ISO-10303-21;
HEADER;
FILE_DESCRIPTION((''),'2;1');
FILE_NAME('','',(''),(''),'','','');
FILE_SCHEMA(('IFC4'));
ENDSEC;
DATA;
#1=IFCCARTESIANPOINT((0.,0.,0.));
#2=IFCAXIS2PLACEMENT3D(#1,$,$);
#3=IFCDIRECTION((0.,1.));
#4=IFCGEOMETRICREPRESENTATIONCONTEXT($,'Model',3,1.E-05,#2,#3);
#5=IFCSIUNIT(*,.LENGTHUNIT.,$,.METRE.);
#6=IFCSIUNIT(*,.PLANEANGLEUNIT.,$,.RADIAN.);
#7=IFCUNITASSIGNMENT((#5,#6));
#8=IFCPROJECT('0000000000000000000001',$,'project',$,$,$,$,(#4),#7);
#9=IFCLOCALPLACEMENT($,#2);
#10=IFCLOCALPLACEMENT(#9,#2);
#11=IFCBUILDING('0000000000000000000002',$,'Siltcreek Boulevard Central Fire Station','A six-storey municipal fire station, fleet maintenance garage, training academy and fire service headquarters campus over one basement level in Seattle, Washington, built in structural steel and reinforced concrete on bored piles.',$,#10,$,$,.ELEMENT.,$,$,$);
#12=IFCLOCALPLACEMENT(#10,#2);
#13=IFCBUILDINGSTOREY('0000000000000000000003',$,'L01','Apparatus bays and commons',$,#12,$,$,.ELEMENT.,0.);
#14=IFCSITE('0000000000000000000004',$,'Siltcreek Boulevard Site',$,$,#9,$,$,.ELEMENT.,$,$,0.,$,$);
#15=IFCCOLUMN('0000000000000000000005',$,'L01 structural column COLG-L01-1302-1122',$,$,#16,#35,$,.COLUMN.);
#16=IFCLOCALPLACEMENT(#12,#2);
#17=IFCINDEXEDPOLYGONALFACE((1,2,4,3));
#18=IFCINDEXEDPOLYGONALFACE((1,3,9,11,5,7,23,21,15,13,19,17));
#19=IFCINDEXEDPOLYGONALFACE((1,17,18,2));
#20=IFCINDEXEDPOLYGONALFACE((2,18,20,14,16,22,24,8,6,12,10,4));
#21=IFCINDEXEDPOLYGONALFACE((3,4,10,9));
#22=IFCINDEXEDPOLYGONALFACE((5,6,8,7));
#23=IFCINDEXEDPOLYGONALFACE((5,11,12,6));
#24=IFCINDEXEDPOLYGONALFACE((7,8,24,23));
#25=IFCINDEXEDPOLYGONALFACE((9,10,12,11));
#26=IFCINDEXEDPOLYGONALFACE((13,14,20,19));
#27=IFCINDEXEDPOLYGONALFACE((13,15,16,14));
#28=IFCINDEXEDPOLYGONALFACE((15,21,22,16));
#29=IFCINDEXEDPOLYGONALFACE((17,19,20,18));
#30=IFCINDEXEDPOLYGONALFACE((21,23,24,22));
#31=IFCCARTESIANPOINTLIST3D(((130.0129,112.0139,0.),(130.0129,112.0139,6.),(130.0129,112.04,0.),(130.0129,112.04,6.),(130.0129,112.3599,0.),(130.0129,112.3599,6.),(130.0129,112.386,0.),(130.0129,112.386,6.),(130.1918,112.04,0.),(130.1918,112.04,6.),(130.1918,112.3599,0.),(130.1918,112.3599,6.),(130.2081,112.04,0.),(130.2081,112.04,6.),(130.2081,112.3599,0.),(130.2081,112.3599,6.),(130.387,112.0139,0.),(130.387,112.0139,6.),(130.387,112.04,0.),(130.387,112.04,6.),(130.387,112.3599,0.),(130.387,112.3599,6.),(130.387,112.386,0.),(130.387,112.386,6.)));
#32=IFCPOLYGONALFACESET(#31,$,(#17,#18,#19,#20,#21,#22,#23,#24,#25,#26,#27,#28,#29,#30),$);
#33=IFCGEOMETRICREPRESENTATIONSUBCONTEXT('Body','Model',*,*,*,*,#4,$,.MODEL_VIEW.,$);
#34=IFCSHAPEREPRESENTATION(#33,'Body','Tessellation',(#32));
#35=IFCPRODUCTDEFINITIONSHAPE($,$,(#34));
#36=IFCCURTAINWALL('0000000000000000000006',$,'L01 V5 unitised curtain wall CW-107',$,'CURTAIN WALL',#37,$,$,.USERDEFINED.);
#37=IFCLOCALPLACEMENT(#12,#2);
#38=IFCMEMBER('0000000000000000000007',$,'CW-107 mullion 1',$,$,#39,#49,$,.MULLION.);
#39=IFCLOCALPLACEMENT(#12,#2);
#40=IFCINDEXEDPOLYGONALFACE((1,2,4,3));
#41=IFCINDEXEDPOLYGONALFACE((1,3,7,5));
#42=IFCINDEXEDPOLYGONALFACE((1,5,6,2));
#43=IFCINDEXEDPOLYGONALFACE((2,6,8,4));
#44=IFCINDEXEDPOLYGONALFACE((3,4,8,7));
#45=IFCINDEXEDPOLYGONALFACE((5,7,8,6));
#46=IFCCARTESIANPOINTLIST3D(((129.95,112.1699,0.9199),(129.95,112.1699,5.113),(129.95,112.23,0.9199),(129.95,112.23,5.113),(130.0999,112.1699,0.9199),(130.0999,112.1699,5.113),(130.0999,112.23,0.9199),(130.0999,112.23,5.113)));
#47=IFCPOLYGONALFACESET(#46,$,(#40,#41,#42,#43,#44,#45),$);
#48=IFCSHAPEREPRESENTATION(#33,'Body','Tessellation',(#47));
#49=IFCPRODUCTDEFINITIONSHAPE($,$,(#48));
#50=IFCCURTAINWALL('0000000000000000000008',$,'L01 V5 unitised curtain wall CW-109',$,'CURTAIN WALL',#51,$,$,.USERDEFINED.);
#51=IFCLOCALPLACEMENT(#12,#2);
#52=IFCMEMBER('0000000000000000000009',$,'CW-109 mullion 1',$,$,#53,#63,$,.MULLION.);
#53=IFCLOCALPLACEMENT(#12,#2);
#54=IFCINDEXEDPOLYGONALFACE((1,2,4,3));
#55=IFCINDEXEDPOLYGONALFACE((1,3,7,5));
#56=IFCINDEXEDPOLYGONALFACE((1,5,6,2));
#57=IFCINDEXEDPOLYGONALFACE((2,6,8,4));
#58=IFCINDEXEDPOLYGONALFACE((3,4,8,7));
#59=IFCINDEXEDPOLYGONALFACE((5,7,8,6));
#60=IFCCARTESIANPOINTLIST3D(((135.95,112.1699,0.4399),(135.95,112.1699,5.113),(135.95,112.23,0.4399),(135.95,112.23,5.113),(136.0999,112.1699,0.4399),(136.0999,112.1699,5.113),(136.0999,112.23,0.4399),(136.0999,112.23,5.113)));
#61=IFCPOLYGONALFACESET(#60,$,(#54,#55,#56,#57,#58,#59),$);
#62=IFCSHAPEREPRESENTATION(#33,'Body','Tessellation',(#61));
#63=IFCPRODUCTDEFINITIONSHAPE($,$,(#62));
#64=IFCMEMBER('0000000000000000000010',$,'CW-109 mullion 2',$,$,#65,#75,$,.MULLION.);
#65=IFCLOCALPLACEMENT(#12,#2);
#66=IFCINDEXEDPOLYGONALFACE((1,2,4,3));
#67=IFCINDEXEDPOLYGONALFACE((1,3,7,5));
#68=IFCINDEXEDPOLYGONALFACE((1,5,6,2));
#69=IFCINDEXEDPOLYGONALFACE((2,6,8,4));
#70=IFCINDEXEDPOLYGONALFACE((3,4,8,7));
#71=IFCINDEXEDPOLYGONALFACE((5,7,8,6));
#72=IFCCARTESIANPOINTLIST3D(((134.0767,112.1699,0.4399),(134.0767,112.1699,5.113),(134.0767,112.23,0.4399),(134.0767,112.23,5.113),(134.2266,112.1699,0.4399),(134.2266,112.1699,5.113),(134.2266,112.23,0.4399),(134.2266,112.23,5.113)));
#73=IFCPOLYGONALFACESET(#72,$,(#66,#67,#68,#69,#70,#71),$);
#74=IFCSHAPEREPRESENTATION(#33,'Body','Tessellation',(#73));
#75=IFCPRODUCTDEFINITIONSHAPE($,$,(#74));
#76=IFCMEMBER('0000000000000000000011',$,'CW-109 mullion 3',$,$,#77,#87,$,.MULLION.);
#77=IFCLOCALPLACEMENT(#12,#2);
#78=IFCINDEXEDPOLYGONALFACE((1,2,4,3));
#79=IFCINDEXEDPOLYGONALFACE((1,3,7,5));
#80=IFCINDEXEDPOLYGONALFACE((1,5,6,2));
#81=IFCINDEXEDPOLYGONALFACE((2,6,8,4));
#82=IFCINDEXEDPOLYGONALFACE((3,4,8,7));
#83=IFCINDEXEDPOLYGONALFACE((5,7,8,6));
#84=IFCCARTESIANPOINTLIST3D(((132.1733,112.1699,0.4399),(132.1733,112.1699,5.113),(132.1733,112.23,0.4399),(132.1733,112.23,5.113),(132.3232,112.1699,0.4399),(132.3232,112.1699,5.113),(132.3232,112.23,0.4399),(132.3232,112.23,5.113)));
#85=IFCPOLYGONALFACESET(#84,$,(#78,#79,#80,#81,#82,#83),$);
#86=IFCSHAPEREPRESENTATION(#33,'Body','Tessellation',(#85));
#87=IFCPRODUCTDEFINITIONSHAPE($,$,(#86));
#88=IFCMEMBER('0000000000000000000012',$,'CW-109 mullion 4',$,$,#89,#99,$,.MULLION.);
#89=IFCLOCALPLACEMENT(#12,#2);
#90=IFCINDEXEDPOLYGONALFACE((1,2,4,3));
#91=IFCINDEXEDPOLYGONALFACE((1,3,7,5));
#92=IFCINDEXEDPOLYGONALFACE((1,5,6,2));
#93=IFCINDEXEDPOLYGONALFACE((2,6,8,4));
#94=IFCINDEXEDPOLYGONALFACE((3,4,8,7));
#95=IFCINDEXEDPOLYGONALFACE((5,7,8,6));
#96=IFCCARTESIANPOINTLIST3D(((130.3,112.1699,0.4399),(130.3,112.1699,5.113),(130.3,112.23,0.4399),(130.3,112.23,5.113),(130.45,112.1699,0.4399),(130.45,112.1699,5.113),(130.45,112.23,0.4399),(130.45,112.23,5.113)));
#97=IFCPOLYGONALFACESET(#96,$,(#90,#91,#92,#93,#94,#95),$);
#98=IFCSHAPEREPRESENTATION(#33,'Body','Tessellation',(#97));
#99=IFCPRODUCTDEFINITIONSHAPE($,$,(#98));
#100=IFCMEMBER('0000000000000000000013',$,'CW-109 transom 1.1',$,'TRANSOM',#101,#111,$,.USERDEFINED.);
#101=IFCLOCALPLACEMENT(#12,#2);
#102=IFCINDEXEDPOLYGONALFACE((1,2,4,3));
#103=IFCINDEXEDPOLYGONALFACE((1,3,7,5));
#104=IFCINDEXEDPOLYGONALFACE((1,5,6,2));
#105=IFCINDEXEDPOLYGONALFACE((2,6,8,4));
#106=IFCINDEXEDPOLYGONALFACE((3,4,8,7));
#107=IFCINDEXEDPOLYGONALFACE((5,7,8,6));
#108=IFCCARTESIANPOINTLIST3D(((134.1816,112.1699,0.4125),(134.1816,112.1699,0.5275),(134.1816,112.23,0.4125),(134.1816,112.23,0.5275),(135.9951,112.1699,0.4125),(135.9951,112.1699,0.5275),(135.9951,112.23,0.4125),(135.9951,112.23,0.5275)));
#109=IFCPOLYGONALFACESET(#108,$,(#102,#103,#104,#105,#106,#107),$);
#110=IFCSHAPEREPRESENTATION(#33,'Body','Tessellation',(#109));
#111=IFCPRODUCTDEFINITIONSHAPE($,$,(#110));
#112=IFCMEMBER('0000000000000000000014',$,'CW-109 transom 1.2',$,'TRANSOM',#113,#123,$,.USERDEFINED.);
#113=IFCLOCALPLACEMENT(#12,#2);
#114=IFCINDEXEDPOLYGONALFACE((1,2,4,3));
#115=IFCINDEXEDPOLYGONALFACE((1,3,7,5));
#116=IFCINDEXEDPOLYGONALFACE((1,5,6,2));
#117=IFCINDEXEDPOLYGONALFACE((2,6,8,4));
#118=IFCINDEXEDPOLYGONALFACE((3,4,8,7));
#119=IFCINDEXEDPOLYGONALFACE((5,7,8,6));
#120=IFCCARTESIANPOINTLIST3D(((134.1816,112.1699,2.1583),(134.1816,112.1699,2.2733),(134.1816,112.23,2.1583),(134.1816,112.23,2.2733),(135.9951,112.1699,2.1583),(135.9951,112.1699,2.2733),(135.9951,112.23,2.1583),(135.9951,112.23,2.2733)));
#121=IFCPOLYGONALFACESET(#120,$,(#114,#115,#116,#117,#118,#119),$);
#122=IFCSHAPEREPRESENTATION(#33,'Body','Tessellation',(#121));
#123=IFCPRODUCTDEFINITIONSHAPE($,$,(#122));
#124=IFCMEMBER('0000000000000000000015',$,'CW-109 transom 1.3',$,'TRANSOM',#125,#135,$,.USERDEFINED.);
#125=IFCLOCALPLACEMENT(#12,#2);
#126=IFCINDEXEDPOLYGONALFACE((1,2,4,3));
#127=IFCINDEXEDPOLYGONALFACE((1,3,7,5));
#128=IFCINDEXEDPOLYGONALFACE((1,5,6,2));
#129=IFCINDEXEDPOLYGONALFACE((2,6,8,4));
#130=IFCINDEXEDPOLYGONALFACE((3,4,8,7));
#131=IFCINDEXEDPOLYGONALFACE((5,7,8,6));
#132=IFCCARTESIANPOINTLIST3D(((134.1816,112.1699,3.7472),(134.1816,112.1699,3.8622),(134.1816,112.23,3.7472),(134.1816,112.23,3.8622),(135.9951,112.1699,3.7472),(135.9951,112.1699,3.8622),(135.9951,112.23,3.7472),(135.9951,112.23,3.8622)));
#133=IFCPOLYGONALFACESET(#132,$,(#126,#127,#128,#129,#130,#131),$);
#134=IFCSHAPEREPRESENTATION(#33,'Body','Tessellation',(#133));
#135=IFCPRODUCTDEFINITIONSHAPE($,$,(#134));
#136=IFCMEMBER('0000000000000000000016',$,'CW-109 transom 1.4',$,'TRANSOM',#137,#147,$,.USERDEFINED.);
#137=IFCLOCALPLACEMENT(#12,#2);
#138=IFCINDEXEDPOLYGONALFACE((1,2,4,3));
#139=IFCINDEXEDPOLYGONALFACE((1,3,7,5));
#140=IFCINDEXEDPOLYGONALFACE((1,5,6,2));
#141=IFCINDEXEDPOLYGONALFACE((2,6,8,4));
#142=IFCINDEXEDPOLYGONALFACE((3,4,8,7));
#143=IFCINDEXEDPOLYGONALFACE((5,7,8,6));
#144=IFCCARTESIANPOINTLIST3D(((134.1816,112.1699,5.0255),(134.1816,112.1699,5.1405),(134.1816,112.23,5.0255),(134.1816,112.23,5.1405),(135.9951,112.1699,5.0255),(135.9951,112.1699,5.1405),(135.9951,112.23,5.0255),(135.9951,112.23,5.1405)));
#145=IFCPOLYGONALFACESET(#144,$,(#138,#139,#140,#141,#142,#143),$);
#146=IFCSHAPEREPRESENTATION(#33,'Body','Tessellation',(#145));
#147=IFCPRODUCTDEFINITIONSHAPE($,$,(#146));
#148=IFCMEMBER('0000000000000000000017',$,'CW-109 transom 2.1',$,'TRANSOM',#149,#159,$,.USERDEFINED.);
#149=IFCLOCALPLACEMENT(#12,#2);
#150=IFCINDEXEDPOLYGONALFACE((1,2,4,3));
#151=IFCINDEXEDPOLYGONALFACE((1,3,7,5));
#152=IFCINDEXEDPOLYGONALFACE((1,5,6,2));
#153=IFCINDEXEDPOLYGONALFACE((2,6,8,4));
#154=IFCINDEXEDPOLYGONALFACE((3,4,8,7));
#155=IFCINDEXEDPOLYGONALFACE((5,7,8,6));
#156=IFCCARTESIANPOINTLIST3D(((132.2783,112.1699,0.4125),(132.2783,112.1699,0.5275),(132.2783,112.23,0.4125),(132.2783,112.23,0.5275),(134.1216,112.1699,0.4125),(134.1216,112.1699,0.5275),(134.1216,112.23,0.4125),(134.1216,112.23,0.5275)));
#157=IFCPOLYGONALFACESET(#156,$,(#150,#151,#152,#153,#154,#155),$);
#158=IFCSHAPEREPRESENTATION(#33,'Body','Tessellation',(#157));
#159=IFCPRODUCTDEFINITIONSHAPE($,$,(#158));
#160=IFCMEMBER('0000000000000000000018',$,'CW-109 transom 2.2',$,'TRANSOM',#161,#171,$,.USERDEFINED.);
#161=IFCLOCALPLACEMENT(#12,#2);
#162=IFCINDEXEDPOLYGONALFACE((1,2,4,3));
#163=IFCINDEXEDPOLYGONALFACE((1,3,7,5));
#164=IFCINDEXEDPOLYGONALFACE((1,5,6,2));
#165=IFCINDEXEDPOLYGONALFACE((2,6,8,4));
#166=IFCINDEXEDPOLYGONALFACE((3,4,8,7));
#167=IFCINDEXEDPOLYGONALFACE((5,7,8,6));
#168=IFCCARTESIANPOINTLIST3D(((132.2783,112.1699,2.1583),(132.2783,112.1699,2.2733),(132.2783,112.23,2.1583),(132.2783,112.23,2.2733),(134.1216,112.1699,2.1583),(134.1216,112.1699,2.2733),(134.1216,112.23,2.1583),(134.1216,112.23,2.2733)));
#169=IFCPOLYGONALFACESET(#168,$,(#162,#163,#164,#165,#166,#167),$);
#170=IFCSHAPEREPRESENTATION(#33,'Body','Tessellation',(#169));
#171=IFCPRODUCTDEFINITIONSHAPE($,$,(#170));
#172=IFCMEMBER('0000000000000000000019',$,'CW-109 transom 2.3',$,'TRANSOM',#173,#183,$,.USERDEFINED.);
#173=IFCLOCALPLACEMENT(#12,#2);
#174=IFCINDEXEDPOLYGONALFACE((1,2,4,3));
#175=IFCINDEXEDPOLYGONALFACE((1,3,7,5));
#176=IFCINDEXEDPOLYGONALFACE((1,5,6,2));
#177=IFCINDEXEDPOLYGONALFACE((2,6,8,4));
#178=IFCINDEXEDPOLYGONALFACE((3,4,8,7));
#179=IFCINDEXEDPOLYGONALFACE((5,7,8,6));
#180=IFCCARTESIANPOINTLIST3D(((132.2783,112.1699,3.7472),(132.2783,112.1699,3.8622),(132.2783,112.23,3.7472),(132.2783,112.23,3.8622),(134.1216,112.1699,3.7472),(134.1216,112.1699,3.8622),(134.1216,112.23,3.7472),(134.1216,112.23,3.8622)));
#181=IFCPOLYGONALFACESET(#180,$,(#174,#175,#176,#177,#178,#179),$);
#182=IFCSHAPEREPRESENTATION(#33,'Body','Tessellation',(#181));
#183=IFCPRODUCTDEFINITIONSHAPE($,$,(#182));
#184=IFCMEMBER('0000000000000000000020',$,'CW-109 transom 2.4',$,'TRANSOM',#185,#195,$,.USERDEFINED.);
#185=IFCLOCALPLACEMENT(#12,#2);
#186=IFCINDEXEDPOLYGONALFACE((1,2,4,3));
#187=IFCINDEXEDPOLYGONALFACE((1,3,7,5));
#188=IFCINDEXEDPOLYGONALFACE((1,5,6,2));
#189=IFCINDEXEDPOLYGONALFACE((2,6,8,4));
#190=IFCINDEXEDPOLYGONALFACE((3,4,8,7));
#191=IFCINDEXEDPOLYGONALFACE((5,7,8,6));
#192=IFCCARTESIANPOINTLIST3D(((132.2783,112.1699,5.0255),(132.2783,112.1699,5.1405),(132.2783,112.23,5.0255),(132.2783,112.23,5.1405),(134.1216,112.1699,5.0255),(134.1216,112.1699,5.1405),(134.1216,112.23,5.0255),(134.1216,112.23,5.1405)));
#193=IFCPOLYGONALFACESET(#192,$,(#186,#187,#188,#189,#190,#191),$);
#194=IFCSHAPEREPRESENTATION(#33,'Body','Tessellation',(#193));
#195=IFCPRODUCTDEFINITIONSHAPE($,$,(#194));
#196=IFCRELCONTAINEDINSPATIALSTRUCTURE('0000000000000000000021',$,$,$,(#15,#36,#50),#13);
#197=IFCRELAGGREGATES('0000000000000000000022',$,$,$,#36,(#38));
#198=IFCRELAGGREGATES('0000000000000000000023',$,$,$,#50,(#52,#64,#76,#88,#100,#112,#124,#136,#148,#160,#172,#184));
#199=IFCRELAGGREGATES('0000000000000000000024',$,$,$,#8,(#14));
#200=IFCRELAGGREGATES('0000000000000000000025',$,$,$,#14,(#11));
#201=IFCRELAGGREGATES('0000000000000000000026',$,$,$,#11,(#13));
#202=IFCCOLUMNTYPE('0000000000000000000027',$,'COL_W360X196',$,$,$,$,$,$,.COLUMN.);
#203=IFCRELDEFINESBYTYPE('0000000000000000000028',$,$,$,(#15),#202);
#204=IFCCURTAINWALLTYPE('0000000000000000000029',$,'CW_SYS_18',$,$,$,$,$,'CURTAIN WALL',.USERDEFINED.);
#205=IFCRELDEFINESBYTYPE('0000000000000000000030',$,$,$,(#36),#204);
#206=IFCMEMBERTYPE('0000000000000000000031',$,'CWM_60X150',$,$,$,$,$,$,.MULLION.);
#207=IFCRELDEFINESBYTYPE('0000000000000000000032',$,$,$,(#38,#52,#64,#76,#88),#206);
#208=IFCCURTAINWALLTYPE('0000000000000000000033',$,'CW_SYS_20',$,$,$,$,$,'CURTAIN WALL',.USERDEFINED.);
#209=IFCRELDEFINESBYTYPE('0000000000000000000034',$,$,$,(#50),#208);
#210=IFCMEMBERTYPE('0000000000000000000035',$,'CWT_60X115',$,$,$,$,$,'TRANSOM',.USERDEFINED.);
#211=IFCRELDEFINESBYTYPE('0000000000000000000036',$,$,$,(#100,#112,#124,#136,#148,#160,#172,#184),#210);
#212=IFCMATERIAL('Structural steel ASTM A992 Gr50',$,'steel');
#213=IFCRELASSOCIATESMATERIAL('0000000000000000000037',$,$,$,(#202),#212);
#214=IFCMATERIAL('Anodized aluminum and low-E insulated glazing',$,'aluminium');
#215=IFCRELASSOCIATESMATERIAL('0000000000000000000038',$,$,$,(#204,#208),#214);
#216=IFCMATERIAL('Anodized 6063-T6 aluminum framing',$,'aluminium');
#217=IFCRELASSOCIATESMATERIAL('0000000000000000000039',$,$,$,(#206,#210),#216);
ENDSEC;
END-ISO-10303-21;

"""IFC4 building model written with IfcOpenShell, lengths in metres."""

from ifc_helpers import new_model, si_unit, direction, frame, origin, origin_2d, place, context, subcontext, project, spatial, rectangle, i_section, extrude, material, material_profile, profile_set, type_object, element, aggregate, save


model = new_model("IFC4")

# Units and contexts
model_context = context("Model", 3, precision=1e-05, world=origin(), true_north=direction((0.0, 1.0)))
body_context = subcontext(model_context, "Body", "Model", "MODEL_VIEW")
ifc_project = project(units=[si_unit("LENGTHUNIT", "METRE"), si_unit("PLANEANGLEUNIT", "RADIAN")], contexts=[model_context])

# Site, building, storey
site_placement = place(None, origin())
site = spatial("IfcSite", under=ifc_project, at=site_placement, Name="Siltcreek Boulevard Site", CompositionType="ELEMENT", RefElevation=0.0)
building_placement = place(site_placement, origin())
building = spatial("IfcBuilding", under=site, at=building_placement, Name="Siltcreek Boulevard Central Fire Station", Description="A six-storey municipal fire station, fleet maintenance garage, training academy and fire service headquarters campus over one basement level in Seattle, Washington, built in structural steel and reinforced concrete on bored piles.", CompositionType="ELEMENT")
storey_placement = place(building_placement, origin())
storey = spatial("IfcBuildingStorey", under=building, at=storey_placement, Name="L01", Description="Apparatus bays and commons", CompositionType="ELEMENT", Elevation=0.0)

# Column
ifc_material_1 = material(Name="Structural steel ASTM A992 Gr50", Category="steel")
ifc_material_profile_1 = material_profile(ifc_material_1, i_section(OverallWidth=0.374, OverallDepth=0.3721, WebThickness=0.0164, FlangeThickness=0.0261, at=origin_2d()), Name="W360X196")
ifc_profile_set_1 = profile_set([ifc_material_profile_1], Name="Structural steel ASTM A992 Gr50")
column_type = type_object("IfcColumnType", Name="COL_W360X196", PredefinedType="COLUMN", material=ifc_profile_set_1)
column_placement = place(storey_placement, frame((130.2, 112.2, 0.0), z_axis=(0.0, 0.0, 1.0), x_axis=(1.0, 0.0, 0.0)))
element("IfcColumn", 1, at=column_placement, inside=storey, type_object=column_type, Name="L01 structural column COLG-L01-1302-1122", PredefinedType="COLUMN", context=body_context, shape_type="SweptSolid", body=[
    extrude(i_section(OverallWidth=0.374, OverallDepth=0.3721, WebThickness=0.0164, FlangeThickness=0.0261, at=origin_2d()), origin(), (0.0, 0.0, 1.0), 6.0),
])

# Curtain wall, member
ifc_material_2 = material(Name="Anodized aluminum and low-E insulated glazing", Category="aluminium")
curtain_wall_type_1 = type_object("IfcCurtainWallType", Name="CW_SYS_18", ElementType="CURTAIN WALL", PredefinedType="USERDEFINED", material=ifc_material_2)
curtain_wall_1_placement = place(storey_placement, origin())
curtain_wall_1 = element("IfcCurtainWall", 2, at=curtain_wall_1_placement, inside=storey, type_object=curtain_wall_type_1, Name="L01 V5 unitised curtain wall CW-107", ObjectType="CURTAIN WALL", PredefinedType="USERDEFINED")
ifc_material_3 = material(Name="Anodized 6063-T6 aluminum framing", Category="aluminium")
ifc_material_profile_2 = material_profile(ifc_material_3, rectangle(XDim=0.0601, YDim=0.1499, at=origin_2d()), Name="MULL60X150")
ifc_profile_set_2 = profile_set([ifc_material_profile_2], Name="Anodized 6063-T6 aluminum framing")
member_type_1 = type_object("IfcMemberType", Name="CWM_60X150", PredefinedType="MULLION", material=ifc_profile_set_2)
member_1_placement = place(storey_placement, frame((130.0249, 112.2, 0.9199), z_axis=(0.0, 0.0, 1.0), x_axis=(0.0, -1.0, 0.0)))
member_1 = element("IfcMember", 3, at=member_1_placement, type_object=member_type_1, Name="CW-107 mullion 1", PredefinedType="MULLION", context=body_context, shape_type="SweptSolid", body=[
    extrude(rectangle(XDim=0.0601, YDim=0.1499, at=origin_2d()), origin(), (0.0, 0.0, 1.0), 4.1931),
])
aggregate(curtain_wall_1, [member_1])

# Curtain wall, members
curtain_wall_type_2 = type_object("IfcCurtainWallType", Name="CW_SYS_20", ElementType="CURTAIN WALL", PredefinedType="USERDEFINED", material=ifc_material_2)
curtain_wall_2_placement = place(storey_placement, origin())
curtain_wall_2 = element("IfcCurtainWall", 4, at=curtain_wall_2_placement, inside=storey, type_object=curtain_wall_type_2, Name="L01 V5 unitised curtain wall CW-109", ObjectType="CURTAIN WALL", PredefinedType="USERDEFINED")
member_2_placement = place(storey_placement, frame((136.0249, 112.2, 0.4399), z_axis=(0.0, 0.0, 1.0), x_axis=(0.0, -1.0, 0.0)))
member_2 = element("IfcMember", 5, at=member_2_placement, type_object=member_type_1, Name="CW-109 mullion 1", PredefinedType="MULLION", context=body_context, shape_type="SweptSolid", body=[
    extrude(rectangle(XDim=0.0601, YDim=0.1499, at=origin_2d()), origin(), (0.0, 0.0, 1.0), 4.6731),
])
member_3_placement = place(storey_placement, frame((134.1516, 112.2, 0.4399), z_axis=(0.0, 0.0, 1.0), x_axis=(0.0, -1.0, 0.0)))
member_3 = element("IfcMember", 6, at=member_3_placement, type_object=member_type_1, Name="CW-109 mullion 2", PredefinedType="MULLION", context=body_context, shape_type="SweptSolid", body=[
    extrude(rectangle(XDim=0.0601, YDim=0.1499, at=origin_2d()), origin(), (0.0, 0.0, 1.0), 4.6731),
])
member_4_placement = place(storey_placement, frame((132.2483, 112.2, 0.4399), z_axis=(0.0, 0.0, 1.0), x_axis=(0.0, -1.0, 0.0)))
member_4 = element("IfcMember", 7, at=member_4_placement, type_object=member_type_1, Name="CW-109 mullion 3", PredefinedType="MULLION", context=body_context, shape_type="SweptSolid", body=[
    extrude(rectangle(XDim=0.0601, YDim=0.1499, at=origin_2d()), origin(), (0.0, 0.0, 1.0), 4.6731),
])
member_5_placement = place(storey_placement, frame((130.375, 112.2, 0.4399), z_axis=(0.0, 0.0, 1.0), x_axis=(0.0, -1.0, 0.0)))
member_5 = element("IfcMember", 8, at=member_5_placement, type_object=member_type_1, Name="CW-109 mullion 4", PredefinedType="MULLION", context=body_context, shape_type="SweptSolid", body=[
    extrude(rectangle(XDim=0.0601, YDim=0.1499, at=origin_2d()), origin(), (0.0, 0.0, 1.0), 4.6731),
])
ifc_material_profile_3 = material_profile(ifc_material_3, rectangle(XDim=0.0601, YDim=0.115, at=origin_2d()), Name="TRAN60X115")
ifc_profile_set_3 = profile_set([ifc_material_profile_3], Name="Anodized 6063-T6 aluminum framing")
member_type_2 = type_object("IfcMemberType", Name="CWT_60X115", ElementType="TRANSOM", PredefinedType="USERDEFINED", material=ifc_profile_set_3)
member_6_placement = place(storey_placement, frame((135.9951, 112.2, 0.47), z_axis=(-1.0, 0.0, 0.0), x_axis=(0.0, -1.0, 0.0)))
member_6 = element("IfcMember", 9, at=member_6_placement, type_object=member_type_2, Name="CW-109 transom 1.1", ObjectType="TRANSOM", PredefinedType="USERDEFINED", context=body_context, shape_type="SweptSolid", body=[
    extrude(rectangle(XDim=0.0601, YDim=0.115, at=origin_2d()), origin(), (0.0, 0.0, 1.0), 1.8135),
])
member_7_placement = place(storey_placement, frame((135.9951, 112.2, 2.2158), z_axis=(-1.0, 0.0, 0.0), x_axis=(0.0, -1.0, 0.0)))
member_7 = element("IfcMember", 10, at=member_7_placement, type_object=member_type_2, Name="CW-109 transom 1.2", ObjectType="TRANSOM", PredefinedType="USERDEFINED", context=body_context, shape_type="SweptSolid", body=[
    extrude(rectangle(XDim=0.0601, YDim=0.115, at=origin_2d()), origin(), (0.0, 0.0, 1.0), 1.8135),
])
member_8_placement = place(storey_placement, frame((135.9951, 112.2, 3.8047), z_axis=(-1.0, 0.0, 0.0), x_axis=(0.0, -1.0, 0.0)))
member_8 = element("IfcMember", 11, at=member_8_placement, type_object=member_type_2, Name="CW-109 transom 1.3", ObjectType="TRANSOM", PredefinedType="USERDEFINED", context=body_context, shape_type="SweptSolid", body=[
    extrude(rectangle(XDim=0.0601, YDim=0.115, at=origin_2d()), origin(), (0.0, 0.0, 1.0), 1.8135),
])
member_9_placement = place(storey_placement, frame((135.9951, 112.2, 5.083), z_axis=(-1.0, 0.0, 0.0), x_axis=(0.0, -1.0, 0.0)))
member_9 = element("IfcMember", 12, at=member_9_placement, type_object=member_type_2, Name="CW-109 transom 1.4", ObjectType="TRANSOM", PredefinedType="USERDEFINED", context=body_context, shape_type="SweptSolid", body=[
    extrude(rectangle(XDim=0.0601, YDim=0.115, at=origin_2d()), origin(), (0.0, 0.0, 1.0), 1.8135),
])
member_10_placement = place(storey_placement, frame((134.1216, 112.2, 0.47), z_axis=(-1.0, 0.0, 0.0), x_axis=(0.0, -1.0, 0.0)))
member_10 = element("IfcMember", 13, at=member_10_placement, type_object=member_type_2, Name="CW-109 transom 2.1", ObjectType="TRANSOM", PredefinedType="USERDEFINED", context=body_context, shape_type="SweptSolid", body=[
    extrude(rectangle(XDim=0.0601, YDim=0.115, at=origin_2d()), origin(), (0.0, 0.0, 1.0), 1.8433),
])
member_11_placement = place(storey_placement, frame((134.1216, 112.2, 2.2158), z_axis=(-1.0, 0.0, 0.0), x_axis=(0.0, -1.0, 0.0)))
member_11 = element("IfcMember", 14, at=member_11_placement, type_object=member_type_2, Name="CW-109 transom 2.2", ObjectType="TRANSOM", PredefinedType="USERDEFINED", context=body_context, shape_type="SweptSolid", body=[
    extrude(rectangle(XDim=0.0601, YDim=0.115, at=origin_2d()), origin(), (0.0, 0.0, 1.0), 1.8433),
])
member_12_placement = place(storey_placement, frame((134.1216, 112.2, 3.8047), z_axis=(-1.0, 0.0, 0.0), x_axis=(0.0, -1.0, 0.0)))
member_12 = element("IfcMember", 15, at=member_12_placement, type_object=member_type_2, Name="CW-109 transom 2.3", ObjectType="TRANSOM", PredefinedType="USERDEFINED", context=body_context, shape_type="SweptSolid", body=[
    extrude(rectangle(XDim=0.0601, YDim=0.115, at=origin_2d()), origin(), (0.0, 0.0, 1.0), 1.8433),
])
member_13_placement = place(storey_placement, frame((134.1216, 112.2, 5.083), z_axis=(-1.0, 0.0, 0.0), x_axis=(0.0, -1.0, 0.0)))
member_13 = element("IfcMember", 16, at=member_13_placement, type_object=member_type_2, Name="CW-109 transom 2.4", ObjectType="TRANSOM", PredefinedType="USERDEFINED", context=body_context, shape_type="SweptSolid", body=[
    extrude(rectangle(XDim=0.0601, YDim=0.115, at=origin_2d()), origin(), (0.0, 0.0, 1.0), 1.8433),
])
aggregate(curtain_wall_2, [member_2, member_3, member_4, member_5, member_6, member_7, member_8, member_9, member_10, member_11, member_12, member_13])

save(model, "model.ifc")
